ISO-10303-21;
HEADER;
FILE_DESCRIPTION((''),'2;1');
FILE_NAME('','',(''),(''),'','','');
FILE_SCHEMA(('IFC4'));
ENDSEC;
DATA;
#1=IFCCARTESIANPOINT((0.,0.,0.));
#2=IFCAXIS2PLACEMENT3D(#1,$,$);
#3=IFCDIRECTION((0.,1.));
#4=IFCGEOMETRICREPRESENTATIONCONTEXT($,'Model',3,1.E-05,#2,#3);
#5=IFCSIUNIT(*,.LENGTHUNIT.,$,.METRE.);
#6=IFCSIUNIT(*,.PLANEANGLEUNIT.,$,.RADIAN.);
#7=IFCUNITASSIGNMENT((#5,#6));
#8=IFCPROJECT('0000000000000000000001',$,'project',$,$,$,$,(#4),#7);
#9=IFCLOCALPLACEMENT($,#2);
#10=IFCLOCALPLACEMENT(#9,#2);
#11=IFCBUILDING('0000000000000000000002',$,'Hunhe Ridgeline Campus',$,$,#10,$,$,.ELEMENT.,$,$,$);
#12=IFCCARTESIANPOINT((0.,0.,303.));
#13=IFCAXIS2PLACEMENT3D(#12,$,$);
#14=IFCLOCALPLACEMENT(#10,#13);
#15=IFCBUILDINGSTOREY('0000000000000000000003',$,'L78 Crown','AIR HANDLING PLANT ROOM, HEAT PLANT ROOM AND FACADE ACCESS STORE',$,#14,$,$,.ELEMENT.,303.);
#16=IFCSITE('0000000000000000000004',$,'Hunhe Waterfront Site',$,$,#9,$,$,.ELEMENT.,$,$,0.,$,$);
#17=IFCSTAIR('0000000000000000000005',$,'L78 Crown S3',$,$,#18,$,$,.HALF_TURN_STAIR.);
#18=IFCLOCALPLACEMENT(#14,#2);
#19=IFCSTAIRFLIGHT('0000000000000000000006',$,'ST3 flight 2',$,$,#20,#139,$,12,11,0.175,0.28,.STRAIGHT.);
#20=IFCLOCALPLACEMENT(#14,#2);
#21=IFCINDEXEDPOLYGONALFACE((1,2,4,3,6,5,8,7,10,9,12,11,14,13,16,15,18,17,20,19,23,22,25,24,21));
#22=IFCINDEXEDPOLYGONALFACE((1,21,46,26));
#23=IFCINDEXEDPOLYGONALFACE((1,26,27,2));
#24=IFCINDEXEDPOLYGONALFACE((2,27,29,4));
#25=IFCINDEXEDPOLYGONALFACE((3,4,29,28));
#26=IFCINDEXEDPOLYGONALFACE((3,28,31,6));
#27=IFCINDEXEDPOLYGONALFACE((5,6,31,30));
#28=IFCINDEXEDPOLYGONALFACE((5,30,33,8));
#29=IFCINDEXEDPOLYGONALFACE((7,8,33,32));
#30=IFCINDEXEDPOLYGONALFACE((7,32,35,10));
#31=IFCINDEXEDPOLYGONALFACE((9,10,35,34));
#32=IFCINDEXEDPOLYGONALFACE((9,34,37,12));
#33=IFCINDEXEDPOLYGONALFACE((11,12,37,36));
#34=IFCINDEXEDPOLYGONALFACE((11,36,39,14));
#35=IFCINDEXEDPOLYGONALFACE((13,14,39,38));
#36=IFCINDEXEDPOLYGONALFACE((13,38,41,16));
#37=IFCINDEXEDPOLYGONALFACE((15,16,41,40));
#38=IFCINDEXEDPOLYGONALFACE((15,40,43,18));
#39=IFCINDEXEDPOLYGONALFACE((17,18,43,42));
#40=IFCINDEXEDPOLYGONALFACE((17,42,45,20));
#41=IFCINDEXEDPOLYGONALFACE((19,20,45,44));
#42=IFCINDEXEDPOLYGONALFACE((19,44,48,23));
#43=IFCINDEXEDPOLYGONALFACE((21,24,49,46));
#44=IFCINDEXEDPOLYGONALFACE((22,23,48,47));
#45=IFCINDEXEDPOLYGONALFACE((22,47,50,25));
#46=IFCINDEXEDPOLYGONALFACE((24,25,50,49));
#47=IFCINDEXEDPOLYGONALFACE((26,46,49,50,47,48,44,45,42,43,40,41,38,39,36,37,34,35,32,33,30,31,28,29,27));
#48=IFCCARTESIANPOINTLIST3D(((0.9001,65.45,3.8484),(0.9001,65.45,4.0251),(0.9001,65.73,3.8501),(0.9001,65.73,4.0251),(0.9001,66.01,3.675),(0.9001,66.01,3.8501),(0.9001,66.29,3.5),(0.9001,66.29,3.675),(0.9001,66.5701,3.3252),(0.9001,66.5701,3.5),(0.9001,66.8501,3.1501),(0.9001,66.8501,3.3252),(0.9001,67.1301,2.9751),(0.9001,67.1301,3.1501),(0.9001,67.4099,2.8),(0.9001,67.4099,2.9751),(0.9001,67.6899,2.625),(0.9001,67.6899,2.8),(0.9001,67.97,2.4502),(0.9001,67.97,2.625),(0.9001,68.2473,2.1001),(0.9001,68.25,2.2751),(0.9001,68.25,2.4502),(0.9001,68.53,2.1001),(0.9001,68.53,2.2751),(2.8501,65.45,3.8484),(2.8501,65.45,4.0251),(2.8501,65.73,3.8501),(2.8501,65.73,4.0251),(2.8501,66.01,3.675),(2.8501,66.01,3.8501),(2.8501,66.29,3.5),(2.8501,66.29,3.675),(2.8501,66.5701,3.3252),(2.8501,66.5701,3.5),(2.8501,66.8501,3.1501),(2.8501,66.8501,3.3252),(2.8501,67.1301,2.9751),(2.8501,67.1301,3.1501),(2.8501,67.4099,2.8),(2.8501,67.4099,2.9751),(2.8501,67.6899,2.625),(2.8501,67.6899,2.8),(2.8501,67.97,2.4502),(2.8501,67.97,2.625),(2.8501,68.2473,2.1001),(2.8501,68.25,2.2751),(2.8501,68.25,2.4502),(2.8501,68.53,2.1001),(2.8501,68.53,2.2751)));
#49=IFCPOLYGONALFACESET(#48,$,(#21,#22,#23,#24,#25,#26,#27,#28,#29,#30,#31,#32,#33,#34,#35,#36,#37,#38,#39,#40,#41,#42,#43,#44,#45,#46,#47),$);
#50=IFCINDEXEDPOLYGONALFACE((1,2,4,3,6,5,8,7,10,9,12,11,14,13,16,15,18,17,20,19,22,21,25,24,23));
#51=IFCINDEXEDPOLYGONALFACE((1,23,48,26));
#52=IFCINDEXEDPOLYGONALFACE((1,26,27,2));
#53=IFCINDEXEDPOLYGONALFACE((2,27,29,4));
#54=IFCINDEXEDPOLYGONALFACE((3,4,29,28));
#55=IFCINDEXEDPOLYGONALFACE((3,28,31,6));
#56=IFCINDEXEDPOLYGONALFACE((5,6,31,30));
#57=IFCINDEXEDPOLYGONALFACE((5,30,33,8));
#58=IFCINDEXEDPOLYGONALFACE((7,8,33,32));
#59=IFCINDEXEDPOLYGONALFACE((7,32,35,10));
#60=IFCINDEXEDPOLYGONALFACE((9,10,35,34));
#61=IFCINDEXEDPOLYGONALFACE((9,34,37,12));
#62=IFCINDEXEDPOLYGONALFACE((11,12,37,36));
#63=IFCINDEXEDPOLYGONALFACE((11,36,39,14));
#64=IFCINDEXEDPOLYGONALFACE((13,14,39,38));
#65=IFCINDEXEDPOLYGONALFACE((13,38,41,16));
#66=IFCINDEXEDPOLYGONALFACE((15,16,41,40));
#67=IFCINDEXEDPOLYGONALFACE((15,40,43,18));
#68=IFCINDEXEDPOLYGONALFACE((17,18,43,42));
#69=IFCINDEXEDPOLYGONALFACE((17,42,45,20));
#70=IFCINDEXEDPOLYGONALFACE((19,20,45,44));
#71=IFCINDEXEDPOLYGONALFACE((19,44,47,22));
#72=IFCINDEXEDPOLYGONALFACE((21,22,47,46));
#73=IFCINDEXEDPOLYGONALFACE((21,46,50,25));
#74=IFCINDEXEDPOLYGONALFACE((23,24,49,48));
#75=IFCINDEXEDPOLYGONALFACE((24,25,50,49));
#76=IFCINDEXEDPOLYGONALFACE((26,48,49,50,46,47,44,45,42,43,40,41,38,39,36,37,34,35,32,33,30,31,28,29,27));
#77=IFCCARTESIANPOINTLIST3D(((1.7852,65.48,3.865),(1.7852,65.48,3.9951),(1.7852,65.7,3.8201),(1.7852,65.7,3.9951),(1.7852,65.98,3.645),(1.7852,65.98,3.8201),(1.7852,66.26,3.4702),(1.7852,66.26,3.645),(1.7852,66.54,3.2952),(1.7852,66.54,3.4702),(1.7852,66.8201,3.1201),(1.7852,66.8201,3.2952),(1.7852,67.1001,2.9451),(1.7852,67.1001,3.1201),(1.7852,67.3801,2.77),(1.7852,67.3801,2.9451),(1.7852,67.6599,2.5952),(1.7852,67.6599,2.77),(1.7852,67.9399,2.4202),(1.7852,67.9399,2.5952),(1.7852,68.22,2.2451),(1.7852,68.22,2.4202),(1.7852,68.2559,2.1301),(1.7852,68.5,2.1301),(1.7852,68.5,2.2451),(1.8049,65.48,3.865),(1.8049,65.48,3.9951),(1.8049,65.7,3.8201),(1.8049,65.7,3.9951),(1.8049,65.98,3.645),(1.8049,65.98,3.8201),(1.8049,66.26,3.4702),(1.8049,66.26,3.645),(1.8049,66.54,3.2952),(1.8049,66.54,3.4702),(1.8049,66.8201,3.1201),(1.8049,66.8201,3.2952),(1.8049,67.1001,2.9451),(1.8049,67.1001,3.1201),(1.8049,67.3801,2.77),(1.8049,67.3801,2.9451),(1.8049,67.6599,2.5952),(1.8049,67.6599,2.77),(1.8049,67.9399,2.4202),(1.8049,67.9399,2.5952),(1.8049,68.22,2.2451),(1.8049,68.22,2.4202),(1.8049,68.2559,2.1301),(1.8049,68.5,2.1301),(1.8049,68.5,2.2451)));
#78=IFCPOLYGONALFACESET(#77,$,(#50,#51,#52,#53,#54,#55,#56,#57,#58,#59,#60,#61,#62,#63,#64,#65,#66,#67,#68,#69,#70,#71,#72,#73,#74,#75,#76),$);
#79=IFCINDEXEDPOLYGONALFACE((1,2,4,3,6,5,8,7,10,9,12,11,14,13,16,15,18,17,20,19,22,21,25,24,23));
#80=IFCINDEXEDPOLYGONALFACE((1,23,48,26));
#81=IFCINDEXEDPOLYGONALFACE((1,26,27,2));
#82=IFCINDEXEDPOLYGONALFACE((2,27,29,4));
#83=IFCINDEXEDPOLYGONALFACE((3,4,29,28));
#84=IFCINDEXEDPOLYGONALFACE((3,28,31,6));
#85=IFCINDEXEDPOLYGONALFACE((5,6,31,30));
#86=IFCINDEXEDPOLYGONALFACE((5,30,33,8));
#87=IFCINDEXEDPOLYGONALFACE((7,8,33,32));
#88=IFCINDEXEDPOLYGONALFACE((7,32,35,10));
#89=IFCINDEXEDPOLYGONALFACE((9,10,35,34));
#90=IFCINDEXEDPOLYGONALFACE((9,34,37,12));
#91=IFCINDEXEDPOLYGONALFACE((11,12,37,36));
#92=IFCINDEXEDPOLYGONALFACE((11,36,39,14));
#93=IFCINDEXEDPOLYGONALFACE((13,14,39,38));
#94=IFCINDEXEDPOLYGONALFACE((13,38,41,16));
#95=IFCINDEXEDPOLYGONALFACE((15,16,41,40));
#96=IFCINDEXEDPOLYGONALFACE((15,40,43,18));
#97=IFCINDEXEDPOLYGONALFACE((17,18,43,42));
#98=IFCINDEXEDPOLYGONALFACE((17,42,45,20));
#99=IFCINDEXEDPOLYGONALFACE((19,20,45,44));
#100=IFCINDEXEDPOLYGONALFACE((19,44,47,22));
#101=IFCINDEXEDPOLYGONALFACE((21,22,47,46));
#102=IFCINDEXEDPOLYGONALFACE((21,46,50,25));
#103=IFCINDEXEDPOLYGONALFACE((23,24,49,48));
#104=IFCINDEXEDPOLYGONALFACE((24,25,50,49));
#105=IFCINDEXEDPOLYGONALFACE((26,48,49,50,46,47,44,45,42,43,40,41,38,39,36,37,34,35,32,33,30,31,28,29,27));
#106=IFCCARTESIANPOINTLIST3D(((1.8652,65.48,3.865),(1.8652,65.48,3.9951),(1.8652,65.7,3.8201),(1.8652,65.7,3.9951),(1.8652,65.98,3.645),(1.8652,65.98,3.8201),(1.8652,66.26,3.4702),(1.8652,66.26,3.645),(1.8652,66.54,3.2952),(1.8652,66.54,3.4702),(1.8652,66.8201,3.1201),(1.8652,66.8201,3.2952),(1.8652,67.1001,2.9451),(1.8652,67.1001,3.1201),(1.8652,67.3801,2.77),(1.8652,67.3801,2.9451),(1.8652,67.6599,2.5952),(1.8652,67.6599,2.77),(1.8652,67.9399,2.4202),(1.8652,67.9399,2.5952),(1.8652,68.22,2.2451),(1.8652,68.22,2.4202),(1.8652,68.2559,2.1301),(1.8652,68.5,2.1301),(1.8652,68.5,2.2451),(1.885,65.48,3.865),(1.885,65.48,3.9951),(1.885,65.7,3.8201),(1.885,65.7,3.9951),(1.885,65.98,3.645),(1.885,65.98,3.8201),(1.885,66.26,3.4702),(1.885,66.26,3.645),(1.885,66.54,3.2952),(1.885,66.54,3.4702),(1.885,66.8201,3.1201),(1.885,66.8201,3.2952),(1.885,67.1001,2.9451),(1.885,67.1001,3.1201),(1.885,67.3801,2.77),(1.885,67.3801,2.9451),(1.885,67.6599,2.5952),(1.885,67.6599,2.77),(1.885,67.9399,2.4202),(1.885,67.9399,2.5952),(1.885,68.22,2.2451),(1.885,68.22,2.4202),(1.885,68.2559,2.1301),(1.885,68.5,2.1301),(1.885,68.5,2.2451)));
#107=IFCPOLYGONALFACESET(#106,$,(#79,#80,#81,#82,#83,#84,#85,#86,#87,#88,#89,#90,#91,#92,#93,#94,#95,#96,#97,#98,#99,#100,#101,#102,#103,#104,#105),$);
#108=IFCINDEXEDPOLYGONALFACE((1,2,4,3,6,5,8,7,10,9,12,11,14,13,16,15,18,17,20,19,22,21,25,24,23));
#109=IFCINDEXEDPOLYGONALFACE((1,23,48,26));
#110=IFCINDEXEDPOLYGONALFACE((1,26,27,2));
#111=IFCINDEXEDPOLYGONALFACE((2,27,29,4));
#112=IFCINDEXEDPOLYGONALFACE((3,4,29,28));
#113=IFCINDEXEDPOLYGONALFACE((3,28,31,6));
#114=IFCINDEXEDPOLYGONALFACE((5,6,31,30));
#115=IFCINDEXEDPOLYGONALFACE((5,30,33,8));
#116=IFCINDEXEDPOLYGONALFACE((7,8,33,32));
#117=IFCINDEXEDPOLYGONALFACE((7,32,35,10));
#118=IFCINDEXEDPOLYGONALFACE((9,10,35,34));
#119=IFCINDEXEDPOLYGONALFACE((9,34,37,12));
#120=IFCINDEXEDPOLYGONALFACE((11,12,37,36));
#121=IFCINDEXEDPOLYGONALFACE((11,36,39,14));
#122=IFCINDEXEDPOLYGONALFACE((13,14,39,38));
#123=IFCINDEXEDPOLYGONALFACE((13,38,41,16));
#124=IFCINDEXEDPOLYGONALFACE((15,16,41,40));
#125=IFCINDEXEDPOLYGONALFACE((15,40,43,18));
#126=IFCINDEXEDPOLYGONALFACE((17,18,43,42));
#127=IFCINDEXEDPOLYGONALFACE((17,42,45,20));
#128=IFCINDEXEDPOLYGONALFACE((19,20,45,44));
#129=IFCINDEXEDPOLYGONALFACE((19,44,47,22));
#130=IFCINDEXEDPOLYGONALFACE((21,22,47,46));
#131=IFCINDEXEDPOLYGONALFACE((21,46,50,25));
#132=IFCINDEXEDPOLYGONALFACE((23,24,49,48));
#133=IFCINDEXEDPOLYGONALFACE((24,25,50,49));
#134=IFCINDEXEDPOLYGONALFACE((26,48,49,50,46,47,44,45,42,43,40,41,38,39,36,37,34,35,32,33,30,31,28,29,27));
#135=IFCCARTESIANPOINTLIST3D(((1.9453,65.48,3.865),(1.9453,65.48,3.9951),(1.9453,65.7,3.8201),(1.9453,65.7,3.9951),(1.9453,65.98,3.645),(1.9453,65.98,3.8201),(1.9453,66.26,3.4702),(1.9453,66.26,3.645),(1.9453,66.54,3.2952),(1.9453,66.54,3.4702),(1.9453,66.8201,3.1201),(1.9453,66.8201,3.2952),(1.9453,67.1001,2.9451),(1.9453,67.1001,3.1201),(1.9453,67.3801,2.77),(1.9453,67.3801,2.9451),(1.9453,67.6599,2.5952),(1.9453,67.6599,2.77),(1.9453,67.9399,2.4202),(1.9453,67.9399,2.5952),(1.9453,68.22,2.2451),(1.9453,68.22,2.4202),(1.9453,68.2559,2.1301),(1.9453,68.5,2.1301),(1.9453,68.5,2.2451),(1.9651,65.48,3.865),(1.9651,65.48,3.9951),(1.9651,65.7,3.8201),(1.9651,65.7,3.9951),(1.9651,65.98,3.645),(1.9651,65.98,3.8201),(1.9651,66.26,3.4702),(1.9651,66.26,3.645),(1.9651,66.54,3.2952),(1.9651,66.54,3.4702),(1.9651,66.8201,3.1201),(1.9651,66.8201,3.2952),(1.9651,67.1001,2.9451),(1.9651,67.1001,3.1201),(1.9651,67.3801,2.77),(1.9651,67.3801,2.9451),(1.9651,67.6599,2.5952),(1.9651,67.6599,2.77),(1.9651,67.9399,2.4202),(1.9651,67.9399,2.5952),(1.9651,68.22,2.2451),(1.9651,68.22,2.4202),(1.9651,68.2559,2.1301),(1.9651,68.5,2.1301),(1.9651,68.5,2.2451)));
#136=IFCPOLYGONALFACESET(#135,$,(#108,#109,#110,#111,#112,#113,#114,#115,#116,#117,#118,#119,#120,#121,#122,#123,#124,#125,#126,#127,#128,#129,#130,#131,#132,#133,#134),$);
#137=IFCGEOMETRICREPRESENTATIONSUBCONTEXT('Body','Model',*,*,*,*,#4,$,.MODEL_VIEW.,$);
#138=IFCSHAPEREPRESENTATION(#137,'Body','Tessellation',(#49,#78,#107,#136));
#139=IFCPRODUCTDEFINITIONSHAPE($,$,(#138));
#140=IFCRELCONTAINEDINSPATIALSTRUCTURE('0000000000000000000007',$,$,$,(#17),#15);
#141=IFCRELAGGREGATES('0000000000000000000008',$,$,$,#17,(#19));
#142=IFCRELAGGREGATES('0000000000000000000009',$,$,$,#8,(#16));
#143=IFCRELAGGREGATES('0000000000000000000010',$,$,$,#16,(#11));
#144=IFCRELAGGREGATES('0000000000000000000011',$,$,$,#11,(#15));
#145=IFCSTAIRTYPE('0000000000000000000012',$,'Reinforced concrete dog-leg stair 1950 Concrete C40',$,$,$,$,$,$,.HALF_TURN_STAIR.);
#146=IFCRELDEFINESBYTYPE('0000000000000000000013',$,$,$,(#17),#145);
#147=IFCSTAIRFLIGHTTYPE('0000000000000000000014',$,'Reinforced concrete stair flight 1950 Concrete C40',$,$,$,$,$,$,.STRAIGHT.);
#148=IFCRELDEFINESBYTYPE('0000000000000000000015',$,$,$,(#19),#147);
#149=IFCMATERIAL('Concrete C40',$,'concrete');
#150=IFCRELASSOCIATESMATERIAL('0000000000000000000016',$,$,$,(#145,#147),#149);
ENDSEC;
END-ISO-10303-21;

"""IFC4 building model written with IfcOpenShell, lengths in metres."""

from ifc_helpers import new_model, si_unit, direction, frame, origin, place, context, subcontext, project, spatial, polyline, outline, extrude, material, type_object, element, aggregate, save


model = new_model("IFC4")

# Units and contexts
model_context = context("Model", 3, precision=1e-05, world=origin(), true_north=direction((0.0, 1.0)))
body_context = subcontext(model_context, "Body", "Model", "MODEL_VIEW")
ifc_project = project(units=[si_unit("LENGTHUNIT", "METRE"), si_unit("PLANEANGLEUNIT", "RADIAN")], contexts=[model_context])

# Site, building, storey
site_placement = place(None, origin())
site = spatial("IfcSite", under=ifc_project, at=site_placement, Name="Hunhe Waterfront Site", CompositionType="ELEMENT", RefElevation=0.0)
building_placement = place(site_placement, origin())
building = spatial("IfcBuilding", under=site, at=building_placement, Name="Hunhe Ridgeline Campus", CompositionType="ELEMENT")
storey_placement = place(building_placement, frame((0.0, 0.0, 303.0)))
storey = spatial("IfcBuildingStorey", under=building, at=storey_placement, Name="L78 Crown", Description="AIR HANDLING PLANT ROOM, HEAT PLANT ROOM AND FACADE ACCESS STORE", CompositionType="ELEMENT", Elevation=303.0)

# Shared definitions
ifc_material_1 = material(Name="Concrete C40", Category="concrete")
stair_type = type_object("IfcStairType", Name="Reinforced concrete dog-leg stair 1950 Concrete C40", PredefinedType="HALF_TURN_STAIR", material=ifc_material_1)
stair_flight_type = type_object("IfcStairFlightType", Name="Reinforced concrete stair flight 1950 Concrete C40", PredefinedType="STRAIGHT", material=ifc_material_1)

# Stair, stair flight
stair_1_placement = place(storey_placement, origin())
stair_1 = element("IfcStair", 1, at=stair_1_placement, inside=storey, type_object=stair_type, Name="L78 Crown S3", PredefinedType="HALF_TURN_STAIR")
stair_flight_1_placement = place(storey_placement, frame((1.875, 68.53, 2.1001), z_axis=(0.0, 0.0, 1.0), x_axis=(0.0, -1.0, 0.0)))
stair_flight_1 = element("IfcStairFlight", 2, at=stair_flight_1_placement, type_object=stair_flight_type, Name="ST3 flight 2", NumberOfRisers=12, NumberOfTreads=11, PredefinedType="STRAIGHT", RiserHeight=0.175, TreadLength=0.28, context=body_context, shape_type="SweptSolid", body=[
    extrude(outline(polyline([(0.0, 0.0), (0.0, 0.175), (0.28, 0.175), (0.28, 0.3501), (0.5601, 0.3501), (0.5601, 0.5249), (0.8401, 0.5249), (0.8401, 0.7), (1.1201, 0.7), (1.1201, 0.875), (1.3999, 0.875), (1.3999, 1.05), (1.6799, 1.05), (1.6799, 1.2251), (1.96, 1.2251), (1.96, 1.3999), (2.24, 1.3999), (2.24, 1.575), (2.52, 1.575), (2.52, 1.75), (2.8, 1.75), (2.8, 1.925), (3.0801, 1.925), (3.0801, 2.1001), (3.0801, 1.7483), (0.2827, 0.0), (0.0, 0.0)])), frame((0.0, 0.9751, 0.0), z_axis=(0.0, -1.0, 0.0), x_axis=(1.0, 0.0, 0.0)), (0.0, 0.0, 1.0), 1.95),
    extrude(outline(polyline([(0.03, 0.03), (0.03, 0.145), (0.3101, 0.145), (0.3101, 0.3201), (0.5901, 0.3201), (0.5901, 0.4951), (0.8701, 0.4951), (0.8701, 0.6699), (1.1499, 0.6699), (1.1499, 0.845), (1.4299, 0.845), (1.4299, 1.02), (1.71, 1.02), (1.71, 1.1951), (1.99, 1.1951), (1.99, 1.3701), (2.27, 1.3701), (2.27, 1.5449), (2.55, 1.5449), (2.55, 1.72), (2.8301, 1.72), (2.8301, 1.895), (3.05, 1.895), (3.05, 1.7649), (0.2742, 0.03), (0.03, 0.03)])), frame((0.0, -0.0701, 0.0), z_axis=(0.0, -1.0, 0.0), x_axis=(1.0, 0.0, 0.0)), (0.0, 0.0, 1.0), 0.0198),
    extrude(outline(polyline([(0.03, 0.03), (0.03, 0.145), (0.3101, 0.145), (0.3101, 0.3201), (0.5901, 0.3201), (0.5901, 0.4951), (0.8701, 0.4951), (0.8701, 0.6699), (1.1499, 0.6699), (1.1499, 0.845), (1.4299, 0.845), (1.4299, 1.02), (1.71, 1.02), (1.71, 1.1951), (1.99, 1.1951), (1.99, 1.3701), (2.27, 1.3701), (2.27, 1.5449), (2.55, 1.5449), (2.55, 1.72), (2.8301, 1.72), (2.8301, 1.895), (3.05, 1.895), (3.05, 1.7649), (0.2742, 0.03), (0.03, 0.03)])), frame((0.0, 0.01, 0.0), z_axis=(0.0, -1.0, 0.0), x_axis=(1.0, 0.0, 0.0)), (0.0, 0.0, 1.0), 0.0198),
    extrude(outline(polyline([(0.03, 0.03), (0.03, 0.145), (0.3101, 0.145), (0.3101, 0.3201), (0.5901, 0.3201), (0.5901, 0.4951), (0.8701, 0.4951), (0.8701, 0.6699), (1.1499, 0.6699), (1.1499, 0.845), (1.4299, 0.845), (1.4299, 1.02), (1.71, 1.02), (1.71, 1.1951), (1.99, 1.1951), (1.99, 1.3701), (2.27, 1.3701), (2.27, 1.5449), (2.55, 1.5449), (2.55, 1.72), (2.8301, 1.72), (2.8301, 1.895), (3.05, 1.895), (3.05, 1.7649), (0.2742, 0.03), (0.03, 0.03)])), frame((0.0, 0.0901, 0.0), z_axis=(0.0, -1.0, 0.0), x_axis=(1.0, 0.0, 0.0)), (0.0, 0.0, 1.0), 0.0198),
])
aggregate(stair_1, [stair_flight_1])

save(model, "model.ifc")
